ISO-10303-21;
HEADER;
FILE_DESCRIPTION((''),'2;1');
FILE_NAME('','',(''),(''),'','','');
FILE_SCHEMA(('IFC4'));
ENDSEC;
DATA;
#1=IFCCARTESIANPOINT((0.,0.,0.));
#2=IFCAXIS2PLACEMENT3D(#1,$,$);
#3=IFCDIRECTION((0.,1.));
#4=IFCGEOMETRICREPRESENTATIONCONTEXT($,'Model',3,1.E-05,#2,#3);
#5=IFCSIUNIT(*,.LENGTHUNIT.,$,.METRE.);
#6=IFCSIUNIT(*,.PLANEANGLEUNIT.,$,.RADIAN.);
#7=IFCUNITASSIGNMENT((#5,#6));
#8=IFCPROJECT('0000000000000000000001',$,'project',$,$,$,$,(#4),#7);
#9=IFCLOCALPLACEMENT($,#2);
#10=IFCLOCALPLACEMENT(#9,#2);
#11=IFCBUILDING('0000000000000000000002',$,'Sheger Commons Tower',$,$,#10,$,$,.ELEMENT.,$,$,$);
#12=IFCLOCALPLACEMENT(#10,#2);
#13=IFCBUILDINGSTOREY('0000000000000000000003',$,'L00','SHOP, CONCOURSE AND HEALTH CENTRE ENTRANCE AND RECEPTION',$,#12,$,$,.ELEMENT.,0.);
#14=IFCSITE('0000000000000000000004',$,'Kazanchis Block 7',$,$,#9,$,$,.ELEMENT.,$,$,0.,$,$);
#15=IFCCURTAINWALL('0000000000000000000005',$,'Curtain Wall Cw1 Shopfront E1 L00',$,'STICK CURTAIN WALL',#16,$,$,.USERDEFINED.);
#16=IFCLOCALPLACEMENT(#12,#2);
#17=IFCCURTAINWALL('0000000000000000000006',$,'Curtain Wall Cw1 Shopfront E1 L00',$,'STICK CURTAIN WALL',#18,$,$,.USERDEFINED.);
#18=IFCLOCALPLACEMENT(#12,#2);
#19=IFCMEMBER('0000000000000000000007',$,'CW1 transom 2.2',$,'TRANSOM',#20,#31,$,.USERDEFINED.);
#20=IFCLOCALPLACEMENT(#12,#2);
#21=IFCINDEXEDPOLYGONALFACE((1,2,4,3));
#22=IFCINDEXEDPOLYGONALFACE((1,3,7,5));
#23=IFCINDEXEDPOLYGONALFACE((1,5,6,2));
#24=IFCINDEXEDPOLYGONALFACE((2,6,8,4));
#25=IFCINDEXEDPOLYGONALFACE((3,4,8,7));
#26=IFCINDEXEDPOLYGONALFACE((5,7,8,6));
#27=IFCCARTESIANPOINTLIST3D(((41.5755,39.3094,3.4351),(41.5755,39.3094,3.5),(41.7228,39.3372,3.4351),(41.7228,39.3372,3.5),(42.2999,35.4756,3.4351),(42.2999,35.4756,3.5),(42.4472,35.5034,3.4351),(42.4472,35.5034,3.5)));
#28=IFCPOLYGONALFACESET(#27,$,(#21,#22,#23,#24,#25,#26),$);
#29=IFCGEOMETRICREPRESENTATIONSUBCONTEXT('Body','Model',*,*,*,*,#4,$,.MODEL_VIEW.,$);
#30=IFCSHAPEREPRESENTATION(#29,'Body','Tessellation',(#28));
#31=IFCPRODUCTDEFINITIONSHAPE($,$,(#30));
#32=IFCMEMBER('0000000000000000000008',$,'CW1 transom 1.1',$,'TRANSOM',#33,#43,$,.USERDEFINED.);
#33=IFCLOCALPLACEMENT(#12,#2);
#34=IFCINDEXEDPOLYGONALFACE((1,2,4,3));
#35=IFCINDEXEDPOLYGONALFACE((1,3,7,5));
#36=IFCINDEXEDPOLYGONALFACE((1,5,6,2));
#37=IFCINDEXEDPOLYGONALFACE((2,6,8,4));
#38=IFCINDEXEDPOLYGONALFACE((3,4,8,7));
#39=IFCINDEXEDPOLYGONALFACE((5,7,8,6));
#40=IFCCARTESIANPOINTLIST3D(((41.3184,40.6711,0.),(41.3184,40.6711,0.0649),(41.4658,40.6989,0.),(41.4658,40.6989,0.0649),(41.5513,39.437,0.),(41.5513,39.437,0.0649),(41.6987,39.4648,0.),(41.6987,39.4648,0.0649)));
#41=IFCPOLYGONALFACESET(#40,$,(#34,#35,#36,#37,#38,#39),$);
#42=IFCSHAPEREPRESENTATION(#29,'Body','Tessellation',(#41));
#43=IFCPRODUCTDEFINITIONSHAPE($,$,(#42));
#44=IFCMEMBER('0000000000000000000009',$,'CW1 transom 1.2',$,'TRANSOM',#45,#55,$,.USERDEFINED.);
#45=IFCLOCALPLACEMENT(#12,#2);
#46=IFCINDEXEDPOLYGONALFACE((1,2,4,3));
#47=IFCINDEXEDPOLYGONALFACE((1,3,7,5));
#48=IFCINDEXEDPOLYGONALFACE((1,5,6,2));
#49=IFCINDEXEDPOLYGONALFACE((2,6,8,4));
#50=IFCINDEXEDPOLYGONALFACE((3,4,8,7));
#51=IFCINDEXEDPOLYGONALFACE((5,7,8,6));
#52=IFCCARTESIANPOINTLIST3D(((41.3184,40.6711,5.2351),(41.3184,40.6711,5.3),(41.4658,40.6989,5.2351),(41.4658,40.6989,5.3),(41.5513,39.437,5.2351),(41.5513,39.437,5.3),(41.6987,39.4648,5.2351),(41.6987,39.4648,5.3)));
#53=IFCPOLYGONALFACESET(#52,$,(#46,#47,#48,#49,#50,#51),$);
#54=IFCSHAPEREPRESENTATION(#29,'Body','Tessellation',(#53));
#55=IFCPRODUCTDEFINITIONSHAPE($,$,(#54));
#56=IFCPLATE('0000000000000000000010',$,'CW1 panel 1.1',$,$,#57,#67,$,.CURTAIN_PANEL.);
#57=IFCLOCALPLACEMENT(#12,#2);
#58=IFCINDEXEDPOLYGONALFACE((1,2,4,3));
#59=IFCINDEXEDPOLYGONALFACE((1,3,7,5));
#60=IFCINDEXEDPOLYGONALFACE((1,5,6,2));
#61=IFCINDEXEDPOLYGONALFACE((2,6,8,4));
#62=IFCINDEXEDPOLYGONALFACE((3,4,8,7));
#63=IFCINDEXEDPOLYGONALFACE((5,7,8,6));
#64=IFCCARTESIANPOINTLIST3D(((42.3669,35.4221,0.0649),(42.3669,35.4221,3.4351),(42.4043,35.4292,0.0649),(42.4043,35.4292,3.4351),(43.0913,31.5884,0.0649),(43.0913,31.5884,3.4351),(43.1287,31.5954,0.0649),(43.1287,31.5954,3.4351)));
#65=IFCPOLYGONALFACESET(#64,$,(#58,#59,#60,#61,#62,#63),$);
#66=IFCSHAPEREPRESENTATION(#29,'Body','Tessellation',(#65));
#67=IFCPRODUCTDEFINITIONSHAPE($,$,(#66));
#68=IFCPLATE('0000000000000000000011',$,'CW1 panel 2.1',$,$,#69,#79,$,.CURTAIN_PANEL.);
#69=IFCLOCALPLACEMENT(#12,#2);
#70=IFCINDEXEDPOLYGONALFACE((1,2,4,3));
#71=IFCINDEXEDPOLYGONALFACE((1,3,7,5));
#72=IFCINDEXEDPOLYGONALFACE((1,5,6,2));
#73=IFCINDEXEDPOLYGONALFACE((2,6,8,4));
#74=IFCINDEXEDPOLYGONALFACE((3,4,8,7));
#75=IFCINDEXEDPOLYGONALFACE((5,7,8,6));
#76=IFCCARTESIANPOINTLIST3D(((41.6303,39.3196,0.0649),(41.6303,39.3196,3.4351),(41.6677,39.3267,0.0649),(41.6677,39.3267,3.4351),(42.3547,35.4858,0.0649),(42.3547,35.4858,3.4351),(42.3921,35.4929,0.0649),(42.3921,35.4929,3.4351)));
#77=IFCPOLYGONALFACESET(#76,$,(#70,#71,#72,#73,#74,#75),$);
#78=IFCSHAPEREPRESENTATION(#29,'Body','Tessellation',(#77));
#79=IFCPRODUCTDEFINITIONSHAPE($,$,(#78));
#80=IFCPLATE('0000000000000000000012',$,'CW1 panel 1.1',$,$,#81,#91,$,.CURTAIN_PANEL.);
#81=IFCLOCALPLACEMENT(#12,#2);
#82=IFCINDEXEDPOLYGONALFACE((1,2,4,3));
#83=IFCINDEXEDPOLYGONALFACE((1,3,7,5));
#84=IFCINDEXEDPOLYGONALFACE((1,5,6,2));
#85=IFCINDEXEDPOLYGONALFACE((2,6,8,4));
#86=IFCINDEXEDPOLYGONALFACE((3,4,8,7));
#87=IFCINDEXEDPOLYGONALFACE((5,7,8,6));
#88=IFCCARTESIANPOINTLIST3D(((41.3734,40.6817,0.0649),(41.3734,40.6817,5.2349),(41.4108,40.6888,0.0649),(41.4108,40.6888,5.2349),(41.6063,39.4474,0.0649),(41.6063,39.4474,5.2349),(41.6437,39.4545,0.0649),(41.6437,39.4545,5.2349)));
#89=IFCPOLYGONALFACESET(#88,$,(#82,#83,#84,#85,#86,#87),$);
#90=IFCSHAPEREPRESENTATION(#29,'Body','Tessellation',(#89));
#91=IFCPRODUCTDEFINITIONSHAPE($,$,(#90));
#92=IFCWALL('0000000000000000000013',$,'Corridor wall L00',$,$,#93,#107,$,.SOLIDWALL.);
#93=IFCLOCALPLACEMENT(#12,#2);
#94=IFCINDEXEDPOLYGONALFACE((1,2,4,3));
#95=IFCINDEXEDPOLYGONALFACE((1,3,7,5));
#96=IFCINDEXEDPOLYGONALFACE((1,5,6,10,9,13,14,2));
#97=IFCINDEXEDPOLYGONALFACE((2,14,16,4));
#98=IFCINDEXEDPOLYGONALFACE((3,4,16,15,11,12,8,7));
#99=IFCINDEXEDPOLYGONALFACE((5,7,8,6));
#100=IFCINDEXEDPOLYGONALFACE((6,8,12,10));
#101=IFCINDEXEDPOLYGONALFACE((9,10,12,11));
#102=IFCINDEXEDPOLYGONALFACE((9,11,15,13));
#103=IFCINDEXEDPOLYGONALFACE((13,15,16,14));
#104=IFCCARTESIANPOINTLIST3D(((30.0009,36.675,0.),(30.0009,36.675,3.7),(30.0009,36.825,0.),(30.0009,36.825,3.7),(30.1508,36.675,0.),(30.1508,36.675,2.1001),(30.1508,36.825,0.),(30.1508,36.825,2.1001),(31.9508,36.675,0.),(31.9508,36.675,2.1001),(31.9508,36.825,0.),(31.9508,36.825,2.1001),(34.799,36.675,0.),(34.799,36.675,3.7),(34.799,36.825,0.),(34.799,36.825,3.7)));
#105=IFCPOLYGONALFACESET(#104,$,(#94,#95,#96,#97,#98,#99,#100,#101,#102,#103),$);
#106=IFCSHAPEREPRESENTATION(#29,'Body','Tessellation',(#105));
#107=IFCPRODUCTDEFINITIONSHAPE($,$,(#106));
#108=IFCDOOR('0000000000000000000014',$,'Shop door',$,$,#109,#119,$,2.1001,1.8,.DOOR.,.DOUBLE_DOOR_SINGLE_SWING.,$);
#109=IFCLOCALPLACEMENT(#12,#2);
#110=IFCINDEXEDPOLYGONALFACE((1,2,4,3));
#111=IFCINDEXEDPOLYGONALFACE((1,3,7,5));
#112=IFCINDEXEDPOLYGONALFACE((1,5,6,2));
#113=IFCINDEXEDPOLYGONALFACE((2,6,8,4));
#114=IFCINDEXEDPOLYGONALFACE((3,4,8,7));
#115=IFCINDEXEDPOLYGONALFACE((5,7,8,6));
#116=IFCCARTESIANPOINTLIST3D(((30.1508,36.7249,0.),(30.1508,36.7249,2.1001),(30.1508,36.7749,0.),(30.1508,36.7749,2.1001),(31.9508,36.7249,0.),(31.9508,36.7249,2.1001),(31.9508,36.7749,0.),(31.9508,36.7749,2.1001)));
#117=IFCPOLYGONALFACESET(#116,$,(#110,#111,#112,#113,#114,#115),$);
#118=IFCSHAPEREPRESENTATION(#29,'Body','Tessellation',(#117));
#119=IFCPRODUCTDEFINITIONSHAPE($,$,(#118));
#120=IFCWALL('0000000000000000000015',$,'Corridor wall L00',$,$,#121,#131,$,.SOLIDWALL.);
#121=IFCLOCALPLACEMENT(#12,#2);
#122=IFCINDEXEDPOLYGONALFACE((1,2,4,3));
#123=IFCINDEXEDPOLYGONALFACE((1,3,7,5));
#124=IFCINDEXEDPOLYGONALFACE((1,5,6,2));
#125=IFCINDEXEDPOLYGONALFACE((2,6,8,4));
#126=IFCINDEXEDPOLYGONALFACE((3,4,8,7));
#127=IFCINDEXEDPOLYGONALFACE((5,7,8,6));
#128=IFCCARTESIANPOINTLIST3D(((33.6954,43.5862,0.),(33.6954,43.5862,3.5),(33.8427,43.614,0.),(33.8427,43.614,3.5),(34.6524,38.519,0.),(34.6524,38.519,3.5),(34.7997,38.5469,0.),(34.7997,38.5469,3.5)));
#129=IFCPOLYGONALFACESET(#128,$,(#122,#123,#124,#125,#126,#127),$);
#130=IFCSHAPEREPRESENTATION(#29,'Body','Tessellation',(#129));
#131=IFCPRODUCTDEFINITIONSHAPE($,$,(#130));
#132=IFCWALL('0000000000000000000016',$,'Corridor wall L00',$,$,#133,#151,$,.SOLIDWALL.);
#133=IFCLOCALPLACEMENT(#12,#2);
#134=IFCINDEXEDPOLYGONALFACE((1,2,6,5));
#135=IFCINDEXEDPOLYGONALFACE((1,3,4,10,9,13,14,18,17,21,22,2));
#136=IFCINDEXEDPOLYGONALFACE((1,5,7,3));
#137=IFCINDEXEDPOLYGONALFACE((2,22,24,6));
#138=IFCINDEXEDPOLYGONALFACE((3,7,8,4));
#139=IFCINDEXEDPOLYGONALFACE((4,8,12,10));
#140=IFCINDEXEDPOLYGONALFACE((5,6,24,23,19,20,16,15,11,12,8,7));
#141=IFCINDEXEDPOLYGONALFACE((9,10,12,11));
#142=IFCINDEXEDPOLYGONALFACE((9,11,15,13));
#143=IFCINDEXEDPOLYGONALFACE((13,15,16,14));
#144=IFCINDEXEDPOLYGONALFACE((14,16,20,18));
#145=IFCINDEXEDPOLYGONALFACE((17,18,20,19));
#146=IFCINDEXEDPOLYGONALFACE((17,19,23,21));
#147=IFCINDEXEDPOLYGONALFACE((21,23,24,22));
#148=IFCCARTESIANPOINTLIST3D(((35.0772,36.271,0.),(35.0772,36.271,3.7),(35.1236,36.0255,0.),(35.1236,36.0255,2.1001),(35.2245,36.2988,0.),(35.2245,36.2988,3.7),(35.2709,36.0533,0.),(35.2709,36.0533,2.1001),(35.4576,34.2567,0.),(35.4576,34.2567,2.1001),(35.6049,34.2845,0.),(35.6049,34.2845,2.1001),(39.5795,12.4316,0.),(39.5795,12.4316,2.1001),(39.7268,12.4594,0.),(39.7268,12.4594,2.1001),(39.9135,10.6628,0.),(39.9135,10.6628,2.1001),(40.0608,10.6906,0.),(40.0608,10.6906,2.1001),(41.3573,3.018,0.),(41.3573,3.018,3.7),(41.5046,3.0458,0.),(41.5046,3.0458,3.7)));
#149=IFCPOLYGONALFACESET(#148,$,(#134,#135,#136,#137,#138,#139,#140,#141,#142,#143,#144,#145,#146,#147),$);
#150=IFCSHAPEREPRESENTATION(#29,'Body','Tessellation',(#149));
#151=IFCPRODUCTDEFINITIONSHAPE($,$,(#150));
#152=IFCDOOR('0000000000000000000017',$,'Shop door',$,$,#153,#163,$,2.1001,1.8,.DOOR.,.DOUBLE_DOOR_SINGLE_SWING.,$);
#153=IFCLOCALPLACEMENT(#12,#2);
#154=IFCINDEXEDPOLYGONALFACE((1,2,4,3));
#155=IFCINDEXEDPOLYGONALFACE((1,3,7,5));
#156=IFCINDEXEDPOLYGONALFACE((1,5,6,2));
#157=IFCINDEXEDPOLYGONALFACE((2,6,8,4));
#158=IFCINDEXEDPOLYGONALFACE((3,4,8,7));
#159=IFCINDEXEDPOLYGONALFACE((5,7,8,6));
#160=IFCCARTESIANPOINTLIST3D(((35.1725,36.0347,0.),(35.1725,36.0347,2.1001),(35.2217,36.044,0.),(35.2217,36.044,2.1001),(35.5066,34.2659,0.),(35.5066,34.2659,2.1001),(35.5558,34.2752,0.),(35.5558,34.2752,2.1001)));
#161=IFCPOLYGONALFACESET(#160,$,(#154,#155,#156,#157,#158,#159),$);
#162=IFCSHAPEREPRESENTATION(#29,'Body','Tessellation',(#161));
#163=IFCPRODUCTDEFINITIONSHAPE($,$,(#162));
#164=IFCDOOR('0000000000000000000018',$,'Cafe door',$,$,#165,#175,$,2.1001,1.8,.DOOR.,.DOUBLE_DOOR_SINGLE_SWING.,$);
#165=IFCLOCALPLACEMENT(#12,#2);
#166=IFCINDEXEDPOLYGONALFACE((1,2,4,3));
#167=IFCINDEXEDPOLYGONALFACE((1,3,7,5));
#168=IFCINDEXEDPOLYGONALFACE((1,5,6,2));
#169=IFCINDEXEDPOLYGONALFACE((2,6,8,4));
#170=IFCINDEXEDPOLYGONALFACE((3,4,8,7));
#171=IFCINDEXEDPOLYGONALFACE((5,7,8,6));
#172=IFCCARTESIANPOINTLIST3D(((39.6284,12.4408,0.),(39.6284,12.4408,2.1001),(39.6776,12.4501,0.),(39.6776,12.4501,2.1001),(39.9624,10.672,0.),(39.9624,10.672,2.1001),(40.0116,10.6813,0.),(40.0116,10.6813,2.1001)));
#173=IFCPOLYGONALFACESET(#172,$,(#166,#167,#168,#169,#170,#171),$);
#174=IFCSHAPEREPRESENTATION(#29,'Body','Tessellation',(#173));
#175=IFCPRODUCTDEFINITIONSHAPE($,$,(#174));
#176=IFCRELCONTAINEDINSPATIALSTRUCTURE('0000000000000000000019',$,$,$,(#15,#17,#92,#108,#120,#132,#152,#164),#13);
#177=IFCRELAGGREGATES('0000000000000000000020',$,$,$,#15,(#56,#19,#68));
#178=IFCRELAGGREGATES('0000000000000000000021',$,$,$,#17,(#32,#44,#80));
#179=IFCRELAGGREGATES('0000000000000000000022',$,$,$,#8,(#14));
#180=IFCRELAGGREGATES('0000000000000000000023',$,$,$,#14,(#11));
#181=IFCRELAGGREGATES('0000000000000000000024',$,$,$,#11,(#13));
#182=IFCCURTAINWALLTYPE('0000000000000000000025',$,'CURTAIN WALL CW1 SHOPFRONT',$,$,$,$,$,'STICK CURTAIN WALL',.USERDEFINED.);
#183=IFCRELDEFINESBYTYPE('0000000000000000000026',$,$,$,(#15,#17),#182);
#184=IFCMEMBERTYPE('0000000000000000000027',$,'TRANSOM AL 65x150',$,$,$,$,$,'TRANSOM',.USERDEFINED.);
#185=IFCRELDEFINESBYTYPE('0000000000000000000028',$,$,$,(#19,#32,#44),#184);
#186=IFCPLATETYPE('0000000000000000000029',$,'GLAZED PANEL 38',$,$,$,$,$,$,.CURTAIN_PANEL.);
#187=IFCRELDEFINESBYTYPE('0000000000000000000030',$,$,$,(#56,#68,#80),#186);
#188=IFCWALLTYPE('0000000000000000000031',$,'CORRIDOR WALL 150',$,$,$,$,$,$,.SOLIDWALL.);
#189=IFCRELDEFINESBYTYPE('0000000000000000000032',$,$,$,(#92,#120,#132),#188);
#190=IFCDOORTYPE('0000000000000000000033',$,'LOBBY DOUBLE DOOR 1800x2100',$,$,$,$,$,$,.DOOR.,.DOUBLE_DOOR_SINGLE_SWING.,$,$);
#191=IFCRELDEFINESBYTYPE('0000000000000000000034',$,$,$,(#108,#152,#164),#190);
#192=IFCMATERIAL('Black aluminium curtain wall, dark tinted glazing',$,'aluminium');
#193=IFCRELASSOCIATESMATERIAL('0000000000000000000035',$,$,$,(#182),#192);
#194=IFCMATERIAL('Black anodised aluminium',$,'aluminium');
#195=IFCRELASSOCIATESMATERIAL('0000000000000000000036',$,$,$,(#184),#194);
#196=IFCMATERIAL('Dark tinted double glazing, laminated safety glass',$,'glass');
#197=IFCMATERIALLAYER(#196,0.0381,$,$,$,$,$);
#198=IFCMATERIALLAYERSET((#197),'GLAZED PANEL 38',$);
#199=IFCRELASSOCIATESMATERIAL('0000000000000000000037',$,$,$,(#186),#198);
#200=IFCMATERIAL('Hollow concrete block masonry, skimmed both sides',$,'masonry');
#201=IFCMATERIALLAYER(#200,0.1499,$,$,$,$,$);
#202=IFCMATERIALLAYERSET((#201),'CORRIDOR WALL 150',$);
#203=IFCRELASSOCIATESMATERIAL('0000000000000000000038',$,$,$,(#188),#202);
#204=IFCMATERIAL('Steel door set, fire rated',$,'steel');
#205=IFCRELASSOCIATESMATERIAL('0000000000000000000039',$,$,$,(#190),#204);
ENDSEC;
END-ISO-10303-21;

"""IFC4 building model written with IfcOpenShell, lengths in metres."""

from ifc_helpers import new_model, si_unit, direction, frame, frame_2d, origin, origin_2d, place, context, subcontext, project, spatial, rectangle, extrude, material, layer, layer_set, material_profile, profile_set, type_object, element, fill, aggregate, save


model = new_model("IFC4")

# Units and contexts
model_context = context("Model", 3, precision=1e-05, world=origin(), true_north=direction((0.0, 1.0)))
body_context = subcontext(model_context, "Body", "Model", "MODEL_VIEW")
ifc_project = project(units=[si_unit("LENGTHUNIT", "METRE"), si_unit("PLANEANGLEUNIT", "RADIAN")], contexts=[model_context])

# Site, building, storey
site_placement = place(None, origin())
site = spatial("IfcSite", under=ifc_project, at=site_placement, Name="Kazanchis Block 7", CompositionType="ELEMENT", RefElevation=0.0)
building_placement = place(site_placement, origin())
building = spatial("IfcBuilding", under=site, at=building_placement, Name="Sheger Commons Tower", CompositionType="ELEMENT")
storey_placement = place(building_placement, origin())
storey = spatial("IfcBuildingStorey", under=building, at=storey_placement, Name="L00", Description="SHOP, CONCOURSE AND HEALTH CENTRE ENTRANCE AND RECEPTION", CompositionType="ELEMENT", Elevation=0.0)

# Curtain walls
ifc_material_1 = material(Name="Black aluminium curtain wall, dark tinted glazing", Category="aluminium")
curtain_wall_type = type_object("IfcCurtainWallType", Name="CURTAIN WALL CW1 SHOPFRONT", ElementType="STICK CURTAIN WALL", PredefinedType="USERDEFINED", material=ifc_material_1)
curtain_wall_1_placement = place(storey_placement, origin())
curtain_wall_1 = element("IfcCurtainWall", 1, at=curtain_wall_1_placement, inside=storey, type_object=curtain_wall_type, Name="Curtain Wall Cw1 Shopfront E1 L00", ObjectType="STICK CURTAIN WALL", PredefinedType="USERDEFINED")
curtain_wall_2_placement = place(storey_placement, origin())
curtain_wall_2 = element("IfcCurtainWall", 2, at=curtain_wall_2_placement, inside=storey, type_object=curtain_wall_type, Name="Curtain Wall Cw1 Shopfront E1 L00", ObjectType="STICK CURTAIN WALL", PredefinedType="USERDEFINED")

# Members
ifc_material_2 = material(Name="Black anodised aluminium", Category="aluminium")
ifc_material_profile_1 = material_profile(ifc_material_2, rectangle(XDim=0.1499, YDim=0.0649, at=origin_2d()), Name="AL 65x150")
ifc_profile_set_1 = profile_set([ifc_material_profile_1], Name="Black anodised aluminium")
member_type_1 = type_object("IfcMemberType", Name="TRANSOM AL 65x150", ElementType="TRANSOM", PredefinedType="USERDEFINED", material=ifc_profile_set_1)
member_1_placement = place(storey_placement, frame((42.3735, 35.4895, 3.4675), z_axis=(-0.18566, 0.982614, 0.0), x_axis=(-0.982614, -0.18566, 0.0)))
member_1 = element("IfcMember", 3, at=member_1_placement, type_object=member_type_1, Name="CW1 transom 2.2", ObjectType="TRANSOM", PredefinedType="USERDEFINED", context=body_context, shape_type="SweptSolid", body=[
    extrude(rectangle(XDim=0.1499, YDim=0.0649, at=origin_2d()), origin(), (0.0, 0.0, 1.0), 3.9016),
])
member_2_placement = place(storey_placement, frame((41.625, 39.4509, 0.0325), z_axis=(-0.18545, 0.982654, 0.0), x_axis=(-0.982654, -0.18545, 0.0)))
member_2 = element("IfcMember", 4, at=member_2_placement, type_object=member_type_1, Name="CW1 transom 1.1", ObjectType="TRANSOM", PredefinedType="USERDEFINED", context=body_context, shape_type="SweptSolid", body=[
    extrude(rectangle(XDim=0.1499, YDim=0.0649, at=origin_2d()), origin(), (0.0, 0.0, 1.0), 1.2559),
])
member_3_placement = place(storey_placement, frame((41.625, 39.4509, 5.2676), z_axis=(-0.18545, 0.982654, 0.0), x_axis=(-0.982654, -0.18545, 0.0)))
member_3 = element("IfcMember", 5, at=member_3_placement, type_object=member_type_1, Name="CW1 transom 1.2", ObjectType="TRANSOM", PredefinedType="USERDEFINED", context=body_context, shape_type="SweptSolid", body=[
    extrude(rectangle(XDim=0.1499, YDim=0.0649, at=origin_2d()), origin(), (0.0, 0.0, 1.0), 1.2559),
])

# Plates
ifc_material_3 = material(Name="Dark tinted double glazing, laminated safety glass", Category="glass")
ifc_layer_1 = layer(ifc_material_3, 0.0381)
ifc_layer_set_1 = layer_set([ifc_layer_1], Name="GLAZED PANEL 38")
plate_type = type_object("IfcPlateType", Name="GLAZED PANEL 38", PredefinedType="CURTAIN_PANEL", material=ifc_layer_set_1)
plate_1_placement = place(storey_placement, frame((42.7478, 33.5088, 0.0649), z_axis=(0.0, 0.0, 1.0), x_axis=(-0.18567, 0.982612, 0.0)))
plate_1 = element("IfcPlate", 6, at=plate_1_placement, type_object=plate_type, Name="CW1 panel 1.1", PredefinedType="CURTAIN_PANEL", context=body_context, shape_type="SweptSolid", body=[
    extrude(rectangle(XDim=3.9016, YDim=0.0381, at=origin_2d()), origin(), (0.0, 0.0, 1.0), 3.3701),
])
plate_2_placement = place(storey_placement, frame((42.0112, 37.4062, 0.0649), z_axis=(0.0, 0.0, 1.0), x_axis=(-0.18567, 0.982612, 0.0)))
plate_2 = element("IfcPlate", 7, at=plate_2_placement, type_object=plate_type, Name="CW1 panel 2.1", PredefinedType="CURTAIN_PANEL", context=body_context, shape_type="SweptSolid", body=[
    extrude(rectangle(XDim=3.9016, YDim=0.0381, at=origin_2d()), origin(), (0.0, 0.0, 1.0), 3.3701),
])
aggregate(curtain_wall_1, [plate_1, member_1, plate_2])
plate_3_placement = place(storey_placement, frame((41.5085, 40.0681, 0.0649), z_axis=(0.0, 0.0, 1.0), x_axis=(-0.185421, 0.982659, 0.0)))
plate_3 = element("IfcPlate", 8, at=plate_3_placement, type_object=plate_type, Name="CW1 panel 1.1", PredefinedType="CURTAIN_PANEL", context=body_context, shape_type="SweptSolid", body=[
    extrude(rectangle(XDim=1.2561, YDim=0.0381, at=origin_2d()), origin(), (0.0, 0.0, 1.0), 5.1699),
])
aggregate(curtain_wall_2, [member_2, member_3, plate_3])

# Wall, opening, door
ifc_material_4 = material(Name="Hollow concrete block masonry, skimmed both sides", Category="masonry")
ifc_layer_2 = layer(ifc_material_4, 0.1499)
ifc_layer_set_2 = layer_set([ifc_layer_2], Name="CORRIDOR WALL 150")
wall_type_1 = type_object("IfcWallType", Name="CORRIDOR WALL 150", PredefinedType="SOLIDWALL", material=ifc_layer_set_2)
wall_1_placement = place(storey_placement, frame((30.001, 36.75, 0.0), z_axis=(0.0, 0.0, 1.0), x_axis=(1.0, 0.0, 0.0)))
wall_1 = element("IfcWall", 9, at=wall_1_placement, inside=storey, type_object=wall_type_1, Name="Corridor wall L00", PredefinedType="SOLIDWALL", context=body_context, shape_type="SweptSolid", body=[
    extrude(rectangle(XDim=4.7981, YDim=0.1499, at=frame_2d((2.3989, 0.0))), origin(), (0.0, 0.0, 1.0), 3.7),
])
opening_1_placement = place(wall_1_placement, frame((0.1499, 0.0, 0.0)))
opening_1 = element("IfcOpeningElement", 10, at=opening_1_placement, cuts=wall_1, PredefinedType="OPENING", context=body_context, shape_type="SweptSolid", body=[
    extrude(rectangle(XDim=1.8, YDim=2.1001, at=frame_2d((0.8999, 1.05))), frame((0.0, 0.085, 0.0), z_axis=(0.0, -1.0, 0.0), x_axis=(1.0, 0.0, 0.0)), (0.0, 0.0, 1.0), 0.1699),
])
ifc_material_5 = material(Name="Steel door set, fire rated", Category="steel")
door_type_1 = type_object("IfcDoorType", Name="LOBBY DOUBLE DOOR 1800x2100", OperationType="DOUBLE_DOOR_SINGLE_SWING", PredefinedType="DOOR", material=ifc_material_5)
door_1_placement = place(opening_1_placement, origin())
door_1 = element("IfcDoor", 11, at=door_1_placement, inside=storey, type_object=door_type_1, Name="Shop door", OperationType="DOUBLE_DOOR_SINGLE_SWING", OverallHeight=2.1001, OverallWidth=1.8, PredefinedType="DOOR", context=body_context, shape_type="SweptSolid", body=[
    extrude(rectangle(XDim=1.8, YDim=2.1001, at=frame_2d((0.8999, 1.05))), frame((0.0, 0.0249, 0.0), z_axis=(0.0, -1.0, 0.0), x_axis=(1.0, 0.0, 0.0)), (0.0, 0.0, 1.0), 0.05),
])
fill(opening_1, door_1)

# Wall
wall_2_placement = place(storey_placement, frame((33.769, 43.6001, 0.0), z_axis=(0.0, 0.0, 1.0), x_axis=(0.185589, -0.982627, 0.0)))
element("IfcWall", 12, at=wall_2_placement, inside=storey, type_object=wall_type_1, Name="Corridor wall L00", PredefinedType="SOLIDWALL", context=body_context, shape_type="SweptSolid", body=[
    extrude(rectangle(XDim=5.1567, YDim=0.1499, at=frame_2d((2.5784, 0.0))), origin(), (0.0, 0.0, 1.0), 3.5),
])

# Wall, openings, doors
wall_3_placement = place(storey_placement, frame((35.1509, 36.2849, 0.0), z_axis=(0.0, 0.0, 1.0), x_axis=(0.185576, -0.98263, 0.0)))
wall_3 = element("IfcWall", 13, at=wall_3_placement, inside=storey, type_object=wall_type_1, Name="Corridor wall L00", PredefinedType="SOLIDWALL", context=body_context, shape_type="SweptSolid", body=[
    extrude(rectangle(XDim=33.8408, YDim=0.1499, at=frame_2d((16.9204, 0.0))), origin(), (0.0, 0.0, 1.0), 3.7),
])
opening_2_placement = place(wall_3_placement, frame((0.25, 0.0, 0.0)))
opening_2 = element("IfcOpeningElement", 14, at=opening_2_placement, cuts=wall_3, PredefinedType="OPENING", context=body_context, shape_type="SweptSolid", body=[
    extrude(rectangle(XDim=1.8, YDim=2.1001, at=frame_2d((0.8999, 1.05))), frame((0.0, 0.085, 0.0), z_axis=(0.0, -1.0, 0.0), x_axis=(1.0, 0.0, 0.0)), (0.0, 0.0, 1.0), 0.1699),
])
opening_3_placement = place(wall_3_placement, frame((24.261, 0.0, 0.0)))
opening_3 = element("IfcOpeningElement", 15, at=opening_3_placement, cuts=wall_3, PredefinedType="OPENING", context=body_context, shape_type="SweptSolid", body=[
    extrude(rectangle(XDim=1.8, YDim=2.1001, at=frame_2d((0.8999, 1.05))), frame((0.0, 0.085, 0.0), z_axis=(0.0, -1.0, 0.0), x_axis=(1.0, 0.0, 0.0)), (0.0, 0.0, 1.0), 0.1699),
])
door_2_placement = place(opening_2_placement, origin())
door_2 = element("IfcDoor", 16, at=door_2_placement, inside=storey, type_object=door_type_1, Name="Shop door", OperationType="DOUBLE_DOOR_SINGLE_SWING", OverallHeight=2.1001, OverallWidth=1.8, PredefinedType="DOOR", context=body_context, shape_type="SweptSolid", body=[
    extrude(rectangle(XDim=1.8, YDim=2.1001, at=frame_2d((0.8999, 1.05))), frame((0.0, 0.0249, 0.0), z_axis=(0.0, -1.0, 0.0), x_axis=(1.0, 0.0, 0.0)), (0.0, 0.0, 1.0), 0.05),
])
fill(opening_2, door_2)
door_3_placement = place(opening_3_placement, origin())
door_3 = element("IfcDoor", 17, at=door_3_placement, inside=storey, type_object=door_type_1, Name="Cafe door", OperationType="DOUBLE_DOOR_SINGLE_SWING", OverallHeight=2.1001, OverallWidth=1.8, PredefinedType="DOOR", context=body_context, shape_type="SweptSolid", body=[
    extrude(rectangle(XDim=1.8, YDim=2.1001, at=frame_2d((0.8999, 1.05))), frame((0.0, 0.0249, 0.0), z_axis=(0.0, -1.0, 0.0), x_axis=(1.0, 0.0, 0.0)), (0.0, 0.0, 1.0), 0.05),
])
fill(opening_3, door_3)

save(model, "model.ifc")
